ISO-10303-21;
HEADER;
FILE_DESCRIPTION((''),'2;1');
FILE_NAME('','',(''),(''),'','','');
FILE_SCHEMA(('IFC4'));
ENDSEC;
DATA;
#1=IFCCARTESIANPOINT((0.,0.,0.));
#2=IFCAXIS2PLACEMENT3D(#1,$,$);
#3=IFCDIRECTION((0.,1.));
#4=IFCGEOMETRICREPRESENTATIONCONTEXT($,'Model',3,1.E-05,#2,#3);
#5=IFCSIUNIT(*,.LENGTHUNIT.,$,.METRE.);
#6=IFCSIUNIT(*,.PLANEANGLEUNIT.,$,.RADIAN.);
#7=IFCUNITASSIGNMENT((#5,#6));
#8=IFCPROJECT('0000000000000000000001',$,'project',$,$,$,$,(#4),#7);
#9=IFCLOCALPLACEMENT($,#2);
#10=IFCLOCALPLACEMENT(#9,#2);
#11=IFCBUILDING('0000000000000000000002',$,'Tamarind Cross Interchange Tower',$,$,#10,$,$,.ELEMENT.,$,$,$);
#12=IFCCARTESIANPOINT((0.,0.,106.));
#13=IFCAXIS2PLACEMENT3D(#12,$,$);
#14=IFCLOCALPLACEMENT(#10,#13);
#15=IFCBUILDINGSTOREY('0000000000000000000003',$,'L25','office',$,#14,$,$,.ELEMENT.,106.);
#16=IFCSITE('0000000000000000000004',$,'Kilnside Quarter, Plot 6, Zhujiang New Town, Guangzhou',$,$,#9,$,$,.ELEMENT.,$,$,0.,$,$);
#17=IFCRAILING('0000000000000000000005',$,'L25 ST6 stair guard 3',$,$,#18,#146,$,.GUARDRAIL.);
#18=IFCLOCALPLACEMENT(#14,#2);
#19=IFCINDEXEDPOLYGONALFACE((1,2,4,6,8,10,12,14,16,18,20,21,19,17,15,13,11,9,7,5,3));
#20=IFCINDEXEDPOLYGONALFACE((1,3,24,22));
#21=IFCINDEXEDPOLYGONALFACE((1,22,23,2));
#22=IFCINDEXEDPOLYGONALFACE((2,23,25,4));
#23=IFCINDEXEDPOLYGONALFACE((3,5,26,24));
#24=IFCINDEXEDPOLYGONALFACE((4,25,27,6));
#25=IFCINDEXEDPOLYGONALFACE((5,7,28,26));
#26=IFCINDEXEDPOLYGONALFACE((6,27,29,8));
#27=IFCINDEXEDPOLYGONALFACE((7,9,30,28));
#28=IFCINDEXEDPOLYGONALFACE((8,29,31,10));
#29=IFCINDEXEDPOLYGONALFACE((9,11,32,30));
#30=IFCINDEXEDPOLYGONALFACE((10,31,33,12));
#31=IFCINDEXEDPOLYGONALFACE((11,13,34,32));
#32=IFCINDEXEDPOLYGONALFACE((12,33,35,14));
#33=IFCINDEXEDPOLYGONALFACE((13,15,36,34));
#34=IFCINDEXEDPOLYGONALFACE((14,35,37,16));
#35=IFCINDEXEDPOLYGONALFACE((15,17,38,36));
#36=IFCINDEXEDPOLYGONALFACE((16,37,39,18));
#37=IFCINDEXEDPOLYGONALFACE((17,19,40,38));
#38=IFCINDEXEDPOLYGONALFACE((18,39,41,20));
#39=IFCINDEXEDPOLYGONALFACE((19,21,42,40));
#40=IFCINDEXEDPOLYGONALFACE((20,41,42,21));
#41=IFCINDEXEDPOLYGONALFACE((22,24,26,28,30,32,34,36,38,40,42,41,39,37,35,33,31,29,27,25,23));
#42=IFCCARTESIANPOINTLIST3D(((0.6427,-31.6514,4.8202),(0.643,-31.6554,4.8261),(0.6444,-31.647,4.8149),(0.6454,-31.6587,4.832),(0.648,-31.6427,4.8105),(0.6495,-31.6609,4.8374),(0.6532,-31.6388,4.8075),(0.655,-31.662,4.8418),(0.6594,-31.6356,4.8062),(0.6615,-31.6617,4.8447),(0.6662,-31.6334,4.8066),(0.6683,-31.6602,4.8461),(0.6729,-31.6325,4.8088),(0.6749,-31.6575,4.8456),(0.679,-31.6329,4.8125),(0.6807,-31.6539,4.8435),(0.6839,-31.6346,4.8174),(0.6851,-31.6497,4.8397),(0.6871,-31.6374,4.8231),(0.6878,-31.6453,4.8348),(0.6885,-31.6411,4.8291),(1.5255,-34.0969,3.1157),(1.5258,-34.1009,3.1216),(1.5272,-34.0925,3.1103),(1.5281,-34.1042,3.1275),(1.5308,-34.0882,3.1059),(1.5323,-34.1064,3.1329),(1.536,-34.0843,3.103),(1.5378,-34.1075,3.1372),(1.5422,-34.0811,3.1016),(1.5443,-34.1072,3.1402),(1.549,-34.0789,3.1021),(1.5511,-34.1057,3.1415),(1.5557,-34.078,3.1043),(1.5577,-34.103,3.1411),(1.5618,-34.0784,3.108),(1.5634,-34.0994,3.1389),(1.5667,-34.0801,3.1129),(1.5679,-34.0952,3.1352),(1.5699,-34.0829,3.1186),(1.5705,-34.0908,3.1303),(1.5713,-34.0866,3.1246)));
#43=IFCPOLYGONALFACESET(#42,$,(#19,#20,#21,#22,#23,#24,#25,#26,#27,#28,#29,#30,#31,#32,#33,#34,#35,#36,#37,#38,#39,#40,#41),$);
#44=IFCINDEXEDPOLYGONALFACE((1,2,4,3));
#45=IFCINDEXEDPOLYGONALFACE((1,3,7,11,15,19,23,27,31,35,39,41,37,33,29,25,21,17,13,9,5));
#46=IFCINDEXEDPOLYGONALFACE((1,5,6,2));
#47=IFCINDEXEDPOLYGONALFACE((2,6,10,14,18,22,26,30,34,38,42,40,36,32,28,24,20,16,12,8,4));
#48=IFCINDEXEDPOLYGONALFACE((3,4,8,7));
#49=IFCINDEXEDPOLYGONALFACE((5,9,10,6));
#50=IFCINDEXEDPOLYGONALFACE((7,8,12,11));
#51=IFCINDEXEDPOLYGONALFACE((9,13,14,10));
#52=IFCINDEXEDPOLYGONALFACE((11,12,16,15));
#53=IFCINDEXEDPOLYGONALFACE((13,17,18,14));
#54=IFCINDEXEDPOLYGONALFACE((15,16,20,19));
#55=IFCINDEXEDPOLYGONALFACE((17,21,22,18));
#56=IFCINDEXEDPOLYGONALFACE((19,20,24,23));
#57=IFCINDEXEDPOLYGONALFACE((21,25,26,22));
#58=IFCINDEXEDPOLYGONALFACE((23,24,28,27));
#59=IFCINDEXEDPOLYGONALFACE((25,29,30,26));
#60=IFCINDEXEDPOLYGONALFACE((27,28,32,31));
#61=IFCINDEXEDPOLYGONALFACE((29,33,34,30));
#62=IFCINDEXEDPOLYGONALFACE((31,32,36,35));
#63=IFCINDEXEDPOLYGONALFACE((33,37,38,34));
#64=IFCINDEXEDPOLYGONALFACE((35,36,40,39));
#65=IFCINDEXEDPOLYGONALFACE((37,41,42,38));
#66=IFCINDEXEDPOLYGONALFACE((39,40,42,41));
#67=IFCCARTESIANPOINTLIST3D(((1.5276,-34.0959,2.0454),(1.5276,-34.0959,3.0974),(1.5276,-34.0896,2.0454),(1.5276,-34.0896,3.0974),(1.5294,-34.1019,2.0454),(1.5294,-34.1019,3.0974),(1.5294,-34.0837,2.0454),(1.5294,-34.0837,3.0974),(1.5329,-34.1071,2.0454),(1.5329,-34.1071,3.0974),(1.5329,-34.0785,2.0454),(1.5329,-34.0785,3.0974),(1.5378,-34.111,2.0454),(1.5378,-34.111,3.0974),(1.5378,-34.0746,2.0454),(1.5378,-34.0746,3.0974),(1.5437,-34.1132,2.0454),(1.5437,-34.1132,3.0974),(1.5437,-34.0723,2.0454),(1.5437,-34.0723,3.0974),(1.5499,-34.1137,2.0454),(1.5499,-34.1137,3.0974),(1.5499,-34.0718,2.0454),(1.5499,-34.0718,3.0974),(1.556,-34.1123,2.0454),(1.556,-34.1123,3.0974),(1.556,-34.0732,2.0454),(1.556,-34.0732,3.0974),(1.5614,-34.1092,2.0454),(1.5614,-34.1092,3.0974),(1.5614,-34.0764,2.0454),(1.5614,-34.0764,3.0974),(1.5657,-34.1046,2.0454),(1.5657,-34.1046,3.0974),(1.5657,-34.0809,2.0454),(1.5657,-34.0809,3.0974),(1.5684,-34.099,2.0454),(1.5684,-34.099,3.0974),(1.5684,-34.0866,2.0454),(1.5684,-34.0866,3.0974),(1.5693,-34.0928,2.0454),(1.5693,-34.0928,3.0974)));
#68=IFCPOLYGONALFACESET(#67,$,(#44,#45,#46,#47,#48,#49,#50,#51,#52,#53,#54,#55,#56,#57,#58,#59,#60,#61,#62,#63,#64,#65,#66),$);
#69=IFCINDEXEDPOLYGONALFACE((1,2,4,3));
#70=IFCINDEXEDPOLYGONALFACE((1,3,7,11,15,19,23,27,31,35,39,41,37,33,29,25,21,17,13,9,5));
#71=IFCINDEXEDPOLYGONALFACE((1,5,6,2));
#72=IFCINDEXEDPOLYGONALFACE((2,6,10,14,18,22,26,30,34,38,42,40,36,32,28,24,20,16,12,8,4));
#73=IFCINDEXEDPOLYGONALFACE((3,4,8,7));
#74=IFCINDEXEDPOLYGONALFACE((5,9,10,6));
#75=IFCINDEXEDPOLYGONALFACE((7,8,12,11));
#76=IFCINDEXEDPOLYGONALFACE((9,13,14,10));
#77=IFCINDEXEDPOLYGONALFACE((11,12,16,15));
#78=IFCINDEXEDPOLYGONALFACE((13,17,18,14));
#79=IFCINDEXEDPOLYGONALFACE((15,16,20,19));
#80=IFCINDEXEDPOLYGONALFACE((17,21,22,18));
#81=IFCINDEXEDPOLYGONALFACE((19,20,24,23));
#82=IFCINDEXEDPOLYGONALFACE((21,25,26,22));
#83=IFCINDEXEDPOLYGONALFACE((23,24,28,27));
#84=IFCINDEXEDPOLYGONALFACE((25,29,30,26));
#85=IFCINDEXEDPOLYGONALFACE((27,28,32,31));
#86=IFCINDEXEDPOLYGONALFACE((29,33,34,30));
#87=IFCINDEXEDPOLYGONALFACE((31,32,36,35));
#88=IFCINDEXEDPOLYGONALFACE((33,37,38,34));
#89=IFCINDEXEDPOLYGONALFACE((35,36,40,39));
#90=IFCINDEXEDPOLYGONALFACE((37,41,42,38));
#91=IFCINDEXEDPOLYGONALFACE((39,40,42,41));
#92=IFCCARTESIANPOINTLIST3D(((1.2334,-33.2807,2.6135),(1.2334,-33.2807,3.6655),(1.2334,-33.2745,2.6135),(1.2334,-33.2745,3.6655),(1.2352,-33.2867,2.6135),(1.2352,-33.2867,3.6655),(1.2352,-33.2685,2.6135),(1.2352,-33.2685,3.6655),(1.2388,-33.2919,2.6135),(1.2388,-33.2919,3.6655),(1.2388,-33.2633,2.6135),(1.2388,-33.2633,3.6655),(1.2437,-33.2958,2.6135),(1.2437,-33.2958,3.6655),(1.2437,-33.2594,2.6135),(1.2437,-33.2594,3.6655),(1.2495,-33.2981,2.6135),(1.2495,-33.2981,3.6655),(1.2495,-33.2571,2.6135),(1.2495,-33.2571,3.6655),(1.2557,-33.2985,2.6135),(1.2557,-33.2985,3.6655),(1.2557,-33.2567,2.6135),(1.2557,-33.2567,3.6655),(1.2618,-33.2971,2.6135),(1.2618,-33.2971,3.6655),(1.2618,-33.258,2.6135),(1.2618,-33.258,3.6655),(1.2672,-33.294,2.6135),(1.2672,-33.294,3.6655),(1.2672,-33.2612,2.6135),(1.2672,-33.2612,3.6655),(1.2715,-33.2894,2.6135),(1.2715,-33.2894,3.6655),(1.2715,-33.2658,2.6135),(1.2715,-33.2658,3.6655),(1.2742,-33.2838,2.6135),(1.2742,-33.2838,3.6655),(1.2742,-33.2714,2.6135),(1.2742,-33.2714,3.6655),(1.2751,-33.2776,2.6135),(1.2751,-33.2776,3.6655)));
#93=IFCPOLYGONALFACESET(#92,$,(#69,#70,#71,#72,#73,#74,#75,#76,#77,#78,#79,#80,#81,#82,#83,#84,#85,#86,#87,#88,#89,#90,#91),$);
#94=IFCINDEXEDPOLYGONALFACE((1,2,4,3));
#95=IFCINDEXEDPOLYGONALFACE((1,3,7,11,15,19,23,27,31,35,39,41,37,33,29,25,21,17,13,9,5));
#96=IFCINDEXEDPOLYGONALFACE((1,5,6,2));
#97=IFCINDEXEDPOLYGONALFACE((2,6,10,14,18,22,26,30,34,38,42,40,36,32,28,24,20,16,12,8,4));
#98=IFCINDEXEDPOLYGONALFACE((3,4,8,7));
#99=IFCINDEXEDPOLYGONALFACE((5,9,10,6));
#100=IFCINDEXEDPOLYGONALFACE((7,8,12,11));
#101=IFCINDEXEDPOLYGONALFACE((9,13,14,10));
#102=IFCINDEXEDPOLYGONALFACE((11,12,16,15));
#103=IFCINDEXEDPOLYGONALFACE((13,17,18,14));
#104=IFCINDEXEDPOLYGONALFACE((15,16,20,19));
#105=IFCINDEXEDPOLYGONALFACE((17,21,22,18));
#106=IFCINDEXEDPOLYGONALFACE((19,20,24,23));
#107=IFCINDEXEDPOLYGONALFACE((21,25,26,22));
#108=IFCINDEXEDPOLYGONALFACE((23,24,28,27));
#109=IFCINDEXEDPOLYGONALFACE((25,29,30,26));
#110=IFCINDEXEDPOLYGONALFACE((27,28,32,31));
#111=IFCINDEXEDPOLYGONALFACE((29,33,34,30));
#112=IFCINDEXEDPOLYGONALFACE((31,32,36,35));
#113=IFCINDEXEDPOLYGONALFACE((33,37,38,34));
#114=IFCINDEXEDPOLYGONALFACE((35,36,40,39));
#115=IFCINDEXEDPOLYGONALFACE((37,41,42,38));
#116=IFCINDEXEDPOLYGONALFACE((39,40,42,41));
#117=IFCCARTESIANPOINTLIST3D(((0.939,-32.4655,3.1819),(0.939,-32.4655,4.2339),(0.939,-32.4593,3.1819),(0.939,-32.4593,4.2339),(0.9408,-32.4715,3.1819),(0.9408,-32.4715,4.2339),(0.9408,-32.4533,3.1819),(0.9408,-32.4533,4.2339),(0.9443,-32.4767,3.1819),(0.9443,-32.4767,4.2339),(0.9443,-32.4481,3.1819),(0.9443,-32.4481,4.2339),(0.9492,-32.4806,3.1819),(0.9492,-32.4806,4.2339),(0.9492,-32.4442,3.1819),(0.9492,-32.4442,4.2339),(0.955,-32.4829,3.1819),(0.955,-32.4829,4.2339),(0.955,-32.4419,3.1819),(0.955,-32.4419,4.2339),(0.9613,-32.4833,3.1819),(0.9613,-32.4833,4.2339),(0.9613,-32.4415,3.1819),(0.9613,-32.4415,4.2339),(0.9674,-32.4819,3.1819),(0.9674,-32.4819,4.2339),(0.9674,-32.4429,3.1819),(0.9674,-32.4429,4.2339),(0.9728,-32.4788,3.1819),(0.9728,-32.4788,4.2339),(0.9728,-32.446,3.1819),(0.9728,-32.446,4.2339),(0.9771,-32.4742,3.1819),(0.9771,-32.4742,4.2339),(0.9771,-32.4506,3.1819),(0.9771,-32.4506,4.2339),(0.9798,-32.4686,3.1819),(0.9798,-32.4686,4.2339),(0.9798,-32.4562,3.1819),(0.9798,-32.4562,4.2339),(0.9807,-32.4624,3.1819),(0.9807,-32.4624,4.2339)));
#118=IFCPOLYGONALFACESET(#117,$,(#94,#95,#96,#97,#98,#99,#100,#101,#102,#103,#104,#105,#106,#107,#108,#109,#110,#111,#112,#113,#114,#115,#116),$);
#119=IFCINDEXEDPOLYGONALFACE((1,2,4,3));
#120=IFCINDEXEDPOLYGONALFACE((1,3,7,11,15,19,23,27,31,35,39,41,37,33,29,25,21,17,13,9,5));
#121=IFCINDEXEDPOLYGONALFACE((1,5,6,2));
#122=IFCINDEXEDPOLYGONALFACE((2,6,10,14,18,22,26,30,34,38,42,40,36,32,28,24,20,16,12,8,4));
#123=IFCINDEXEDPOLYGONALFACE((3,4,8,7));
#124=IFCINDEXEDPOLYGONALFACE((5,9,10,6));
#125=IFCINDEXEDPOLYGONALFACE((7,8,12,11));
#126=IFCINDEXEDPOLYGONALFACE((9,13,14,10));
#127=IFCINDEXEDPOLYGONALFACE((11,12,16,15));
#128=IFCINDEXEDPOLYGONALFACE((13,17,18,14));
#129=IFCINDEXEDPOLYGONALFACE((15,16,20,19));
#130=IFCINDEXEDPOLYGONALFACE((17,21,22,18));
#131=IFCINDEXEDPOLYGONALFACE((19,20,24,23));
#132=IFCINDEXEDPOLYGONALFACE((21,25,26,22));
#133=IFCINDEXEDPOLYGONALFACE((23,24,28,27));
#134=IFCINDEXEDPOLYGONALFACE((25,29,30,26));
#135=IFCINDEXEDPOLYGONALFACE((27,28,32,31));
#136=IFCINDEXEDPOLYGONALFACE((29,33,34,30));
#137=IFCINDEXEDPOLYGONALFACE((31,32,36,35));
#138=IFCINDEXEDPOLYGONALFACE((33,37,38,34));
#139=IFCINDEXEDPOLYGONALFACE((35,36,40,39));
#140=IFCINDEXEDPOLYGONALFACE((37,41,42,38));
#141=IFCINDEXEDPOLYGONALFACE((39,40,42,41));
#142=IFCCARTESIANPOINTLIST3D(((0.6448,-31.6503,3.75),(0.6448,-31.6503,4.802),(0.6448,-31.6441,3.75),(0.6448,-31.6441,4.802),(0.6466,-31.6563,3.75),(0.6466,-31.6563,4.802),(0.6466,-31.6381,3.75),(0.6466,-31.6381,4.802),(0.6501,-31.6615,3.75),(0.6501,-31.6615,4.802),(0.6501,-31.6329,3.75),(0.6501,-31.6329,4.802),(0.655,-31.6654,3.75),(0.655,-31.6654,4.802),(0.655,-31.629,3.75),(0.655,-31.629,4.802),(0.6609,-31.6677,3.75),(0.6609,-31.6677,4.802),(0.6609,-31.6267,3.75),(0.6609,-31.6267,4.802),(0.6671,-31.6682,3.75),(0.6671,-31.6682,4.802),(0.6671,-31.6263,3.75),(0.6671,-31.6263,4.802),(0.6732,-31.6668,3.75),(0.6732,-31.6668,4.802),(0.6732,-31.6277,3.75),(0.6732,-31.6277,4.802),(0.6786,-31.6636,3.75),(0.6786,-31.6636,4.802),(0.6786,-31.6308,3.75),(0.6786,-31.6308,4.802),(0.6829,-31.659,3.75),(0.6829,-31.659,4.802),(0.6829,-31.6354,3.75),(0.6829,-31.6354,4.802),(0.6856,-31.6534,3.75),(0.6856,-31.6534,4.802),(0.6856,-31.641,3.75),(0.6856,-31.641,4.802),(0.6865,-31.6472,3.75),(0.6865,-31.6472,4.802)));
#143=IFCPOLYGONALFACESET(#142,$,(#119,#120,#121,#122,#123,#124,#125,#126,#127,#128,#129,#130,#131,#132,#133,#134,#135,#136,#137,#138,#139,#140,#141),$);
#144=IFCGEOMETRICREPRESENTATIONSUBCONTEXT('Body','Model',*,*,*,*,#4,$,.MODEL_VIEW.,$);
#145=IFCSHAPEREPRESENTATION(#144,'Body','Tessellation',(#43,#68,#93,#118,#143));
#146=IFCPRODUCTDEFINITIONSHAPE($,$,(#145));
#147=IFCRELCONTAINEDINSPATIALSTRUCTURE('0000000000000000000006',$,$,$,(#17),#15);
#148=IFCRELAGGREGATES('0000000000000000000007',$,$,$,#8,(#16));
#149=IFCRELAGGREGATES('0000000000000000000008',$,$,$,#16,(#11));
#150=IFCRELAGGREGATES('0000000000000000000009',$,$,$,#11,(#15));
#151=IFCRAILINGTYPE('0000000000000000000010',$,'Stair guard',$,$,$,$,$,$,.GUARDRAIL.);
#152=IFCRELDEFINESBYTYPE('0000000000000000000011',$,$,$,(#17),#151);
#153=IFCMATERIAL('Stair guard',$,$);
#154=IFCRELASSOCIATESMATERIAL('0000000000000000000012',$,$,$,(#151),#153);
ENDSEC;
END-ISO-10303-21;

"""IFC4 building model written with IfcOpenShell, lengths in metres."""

from ifc_helpers import new_model, si_unit, direction, frame, origin, origin_2d, place, context, subcontext, project, spatial, circle, extrude, material, type_object, element, save


model = new_model("IFC4")

# Units and contexts
model_context = context("Model", 3, precision=1e-05, world=origin(), true_north=direction((0.0, 1.0)))
body_context = subcontext(model_context, "Body", "Model", "MODEL_VIEW")
ifc_project = project(units=[si_unit("LENGTHUNIT", "METRE"), si_unit("PLANEANGLEUNIT", "RADIAN")], contexts=[model_context])

# Site, building, storey
site_placement = place(None, origin())
site = spatial("IfcSite", under=ifc_project, at=site_placement, Name="Kilnside Quarter, Plot 6, Zhujiang New Town, Guangzhou", CompositionType="ELEMENT", RefElevation=0.0)
building_placement = place(site_placement, origin())
building = spatial("IfcBuilding", under=site, at=building_placement, Name="Tamarind Cross Interchange Tower", CompositionType="ELEMENT")
storey_placement = place(building_placement, frame((0.0, 0.0, 106.0)))
storey = spatial("IfcBuildingStorey", under=building, at=storey_placement, Name="L25", Description="office", CompositionType="ELEMENT", Elevation=106.0)

# Railing
ifc_material_1 = material(Name="Stair guard")
railing_type_1 = type_object("IfcRailingType", Name="Stair guard", PredefinedType="GUARDRAIL", material=ifc_material_1)
railing_1_placement = place(storey_placement, frame((1.5483, -34.0928, 2.0454)))
element("IfcRailing", 1, at=railing_1_placement, inside=storey, type_object=railing_type_1, Name="L25 ST6 stair guard 3", PredefinedType="GUARDRAIL", context=body_context, shape_type="SweptSolid", body=[
    extrude(circle(Radius=0.0239, at=origin_2d()), frame((0.0, 0.0, 1.0762), z_axis=(-0.283956, 0.786612, 0.54828), x_axis=(-0.940591, -0.339541, 0.0)), (0.0, 0.0, 1.0), 3.1089),
    extrude(circle(Radius=0.021, at=origin_2d()), origin(), (0.0, 0.0, 1.0), 1.052),
    extrude(circle(Radius=0.021, at=origin_2d()), frame((-0.2942, 0.8152, 0.5681)), (0.0, 0.0, 1.0), 1.052),
    extrude(circle(Radius=0.021, at=origin_2d()), frame((-0.5886, 1.6304, 1.1365)), (0.0, 0.0, 1.0), 1.052),
    extrude(circle(Radius=0.021, at=origin_2d()), frame((-0.8828, 2.4456, 1.7046)), (0.0, 0.0, 1.0), 1.052),
])

save(model, "model.ifc")
